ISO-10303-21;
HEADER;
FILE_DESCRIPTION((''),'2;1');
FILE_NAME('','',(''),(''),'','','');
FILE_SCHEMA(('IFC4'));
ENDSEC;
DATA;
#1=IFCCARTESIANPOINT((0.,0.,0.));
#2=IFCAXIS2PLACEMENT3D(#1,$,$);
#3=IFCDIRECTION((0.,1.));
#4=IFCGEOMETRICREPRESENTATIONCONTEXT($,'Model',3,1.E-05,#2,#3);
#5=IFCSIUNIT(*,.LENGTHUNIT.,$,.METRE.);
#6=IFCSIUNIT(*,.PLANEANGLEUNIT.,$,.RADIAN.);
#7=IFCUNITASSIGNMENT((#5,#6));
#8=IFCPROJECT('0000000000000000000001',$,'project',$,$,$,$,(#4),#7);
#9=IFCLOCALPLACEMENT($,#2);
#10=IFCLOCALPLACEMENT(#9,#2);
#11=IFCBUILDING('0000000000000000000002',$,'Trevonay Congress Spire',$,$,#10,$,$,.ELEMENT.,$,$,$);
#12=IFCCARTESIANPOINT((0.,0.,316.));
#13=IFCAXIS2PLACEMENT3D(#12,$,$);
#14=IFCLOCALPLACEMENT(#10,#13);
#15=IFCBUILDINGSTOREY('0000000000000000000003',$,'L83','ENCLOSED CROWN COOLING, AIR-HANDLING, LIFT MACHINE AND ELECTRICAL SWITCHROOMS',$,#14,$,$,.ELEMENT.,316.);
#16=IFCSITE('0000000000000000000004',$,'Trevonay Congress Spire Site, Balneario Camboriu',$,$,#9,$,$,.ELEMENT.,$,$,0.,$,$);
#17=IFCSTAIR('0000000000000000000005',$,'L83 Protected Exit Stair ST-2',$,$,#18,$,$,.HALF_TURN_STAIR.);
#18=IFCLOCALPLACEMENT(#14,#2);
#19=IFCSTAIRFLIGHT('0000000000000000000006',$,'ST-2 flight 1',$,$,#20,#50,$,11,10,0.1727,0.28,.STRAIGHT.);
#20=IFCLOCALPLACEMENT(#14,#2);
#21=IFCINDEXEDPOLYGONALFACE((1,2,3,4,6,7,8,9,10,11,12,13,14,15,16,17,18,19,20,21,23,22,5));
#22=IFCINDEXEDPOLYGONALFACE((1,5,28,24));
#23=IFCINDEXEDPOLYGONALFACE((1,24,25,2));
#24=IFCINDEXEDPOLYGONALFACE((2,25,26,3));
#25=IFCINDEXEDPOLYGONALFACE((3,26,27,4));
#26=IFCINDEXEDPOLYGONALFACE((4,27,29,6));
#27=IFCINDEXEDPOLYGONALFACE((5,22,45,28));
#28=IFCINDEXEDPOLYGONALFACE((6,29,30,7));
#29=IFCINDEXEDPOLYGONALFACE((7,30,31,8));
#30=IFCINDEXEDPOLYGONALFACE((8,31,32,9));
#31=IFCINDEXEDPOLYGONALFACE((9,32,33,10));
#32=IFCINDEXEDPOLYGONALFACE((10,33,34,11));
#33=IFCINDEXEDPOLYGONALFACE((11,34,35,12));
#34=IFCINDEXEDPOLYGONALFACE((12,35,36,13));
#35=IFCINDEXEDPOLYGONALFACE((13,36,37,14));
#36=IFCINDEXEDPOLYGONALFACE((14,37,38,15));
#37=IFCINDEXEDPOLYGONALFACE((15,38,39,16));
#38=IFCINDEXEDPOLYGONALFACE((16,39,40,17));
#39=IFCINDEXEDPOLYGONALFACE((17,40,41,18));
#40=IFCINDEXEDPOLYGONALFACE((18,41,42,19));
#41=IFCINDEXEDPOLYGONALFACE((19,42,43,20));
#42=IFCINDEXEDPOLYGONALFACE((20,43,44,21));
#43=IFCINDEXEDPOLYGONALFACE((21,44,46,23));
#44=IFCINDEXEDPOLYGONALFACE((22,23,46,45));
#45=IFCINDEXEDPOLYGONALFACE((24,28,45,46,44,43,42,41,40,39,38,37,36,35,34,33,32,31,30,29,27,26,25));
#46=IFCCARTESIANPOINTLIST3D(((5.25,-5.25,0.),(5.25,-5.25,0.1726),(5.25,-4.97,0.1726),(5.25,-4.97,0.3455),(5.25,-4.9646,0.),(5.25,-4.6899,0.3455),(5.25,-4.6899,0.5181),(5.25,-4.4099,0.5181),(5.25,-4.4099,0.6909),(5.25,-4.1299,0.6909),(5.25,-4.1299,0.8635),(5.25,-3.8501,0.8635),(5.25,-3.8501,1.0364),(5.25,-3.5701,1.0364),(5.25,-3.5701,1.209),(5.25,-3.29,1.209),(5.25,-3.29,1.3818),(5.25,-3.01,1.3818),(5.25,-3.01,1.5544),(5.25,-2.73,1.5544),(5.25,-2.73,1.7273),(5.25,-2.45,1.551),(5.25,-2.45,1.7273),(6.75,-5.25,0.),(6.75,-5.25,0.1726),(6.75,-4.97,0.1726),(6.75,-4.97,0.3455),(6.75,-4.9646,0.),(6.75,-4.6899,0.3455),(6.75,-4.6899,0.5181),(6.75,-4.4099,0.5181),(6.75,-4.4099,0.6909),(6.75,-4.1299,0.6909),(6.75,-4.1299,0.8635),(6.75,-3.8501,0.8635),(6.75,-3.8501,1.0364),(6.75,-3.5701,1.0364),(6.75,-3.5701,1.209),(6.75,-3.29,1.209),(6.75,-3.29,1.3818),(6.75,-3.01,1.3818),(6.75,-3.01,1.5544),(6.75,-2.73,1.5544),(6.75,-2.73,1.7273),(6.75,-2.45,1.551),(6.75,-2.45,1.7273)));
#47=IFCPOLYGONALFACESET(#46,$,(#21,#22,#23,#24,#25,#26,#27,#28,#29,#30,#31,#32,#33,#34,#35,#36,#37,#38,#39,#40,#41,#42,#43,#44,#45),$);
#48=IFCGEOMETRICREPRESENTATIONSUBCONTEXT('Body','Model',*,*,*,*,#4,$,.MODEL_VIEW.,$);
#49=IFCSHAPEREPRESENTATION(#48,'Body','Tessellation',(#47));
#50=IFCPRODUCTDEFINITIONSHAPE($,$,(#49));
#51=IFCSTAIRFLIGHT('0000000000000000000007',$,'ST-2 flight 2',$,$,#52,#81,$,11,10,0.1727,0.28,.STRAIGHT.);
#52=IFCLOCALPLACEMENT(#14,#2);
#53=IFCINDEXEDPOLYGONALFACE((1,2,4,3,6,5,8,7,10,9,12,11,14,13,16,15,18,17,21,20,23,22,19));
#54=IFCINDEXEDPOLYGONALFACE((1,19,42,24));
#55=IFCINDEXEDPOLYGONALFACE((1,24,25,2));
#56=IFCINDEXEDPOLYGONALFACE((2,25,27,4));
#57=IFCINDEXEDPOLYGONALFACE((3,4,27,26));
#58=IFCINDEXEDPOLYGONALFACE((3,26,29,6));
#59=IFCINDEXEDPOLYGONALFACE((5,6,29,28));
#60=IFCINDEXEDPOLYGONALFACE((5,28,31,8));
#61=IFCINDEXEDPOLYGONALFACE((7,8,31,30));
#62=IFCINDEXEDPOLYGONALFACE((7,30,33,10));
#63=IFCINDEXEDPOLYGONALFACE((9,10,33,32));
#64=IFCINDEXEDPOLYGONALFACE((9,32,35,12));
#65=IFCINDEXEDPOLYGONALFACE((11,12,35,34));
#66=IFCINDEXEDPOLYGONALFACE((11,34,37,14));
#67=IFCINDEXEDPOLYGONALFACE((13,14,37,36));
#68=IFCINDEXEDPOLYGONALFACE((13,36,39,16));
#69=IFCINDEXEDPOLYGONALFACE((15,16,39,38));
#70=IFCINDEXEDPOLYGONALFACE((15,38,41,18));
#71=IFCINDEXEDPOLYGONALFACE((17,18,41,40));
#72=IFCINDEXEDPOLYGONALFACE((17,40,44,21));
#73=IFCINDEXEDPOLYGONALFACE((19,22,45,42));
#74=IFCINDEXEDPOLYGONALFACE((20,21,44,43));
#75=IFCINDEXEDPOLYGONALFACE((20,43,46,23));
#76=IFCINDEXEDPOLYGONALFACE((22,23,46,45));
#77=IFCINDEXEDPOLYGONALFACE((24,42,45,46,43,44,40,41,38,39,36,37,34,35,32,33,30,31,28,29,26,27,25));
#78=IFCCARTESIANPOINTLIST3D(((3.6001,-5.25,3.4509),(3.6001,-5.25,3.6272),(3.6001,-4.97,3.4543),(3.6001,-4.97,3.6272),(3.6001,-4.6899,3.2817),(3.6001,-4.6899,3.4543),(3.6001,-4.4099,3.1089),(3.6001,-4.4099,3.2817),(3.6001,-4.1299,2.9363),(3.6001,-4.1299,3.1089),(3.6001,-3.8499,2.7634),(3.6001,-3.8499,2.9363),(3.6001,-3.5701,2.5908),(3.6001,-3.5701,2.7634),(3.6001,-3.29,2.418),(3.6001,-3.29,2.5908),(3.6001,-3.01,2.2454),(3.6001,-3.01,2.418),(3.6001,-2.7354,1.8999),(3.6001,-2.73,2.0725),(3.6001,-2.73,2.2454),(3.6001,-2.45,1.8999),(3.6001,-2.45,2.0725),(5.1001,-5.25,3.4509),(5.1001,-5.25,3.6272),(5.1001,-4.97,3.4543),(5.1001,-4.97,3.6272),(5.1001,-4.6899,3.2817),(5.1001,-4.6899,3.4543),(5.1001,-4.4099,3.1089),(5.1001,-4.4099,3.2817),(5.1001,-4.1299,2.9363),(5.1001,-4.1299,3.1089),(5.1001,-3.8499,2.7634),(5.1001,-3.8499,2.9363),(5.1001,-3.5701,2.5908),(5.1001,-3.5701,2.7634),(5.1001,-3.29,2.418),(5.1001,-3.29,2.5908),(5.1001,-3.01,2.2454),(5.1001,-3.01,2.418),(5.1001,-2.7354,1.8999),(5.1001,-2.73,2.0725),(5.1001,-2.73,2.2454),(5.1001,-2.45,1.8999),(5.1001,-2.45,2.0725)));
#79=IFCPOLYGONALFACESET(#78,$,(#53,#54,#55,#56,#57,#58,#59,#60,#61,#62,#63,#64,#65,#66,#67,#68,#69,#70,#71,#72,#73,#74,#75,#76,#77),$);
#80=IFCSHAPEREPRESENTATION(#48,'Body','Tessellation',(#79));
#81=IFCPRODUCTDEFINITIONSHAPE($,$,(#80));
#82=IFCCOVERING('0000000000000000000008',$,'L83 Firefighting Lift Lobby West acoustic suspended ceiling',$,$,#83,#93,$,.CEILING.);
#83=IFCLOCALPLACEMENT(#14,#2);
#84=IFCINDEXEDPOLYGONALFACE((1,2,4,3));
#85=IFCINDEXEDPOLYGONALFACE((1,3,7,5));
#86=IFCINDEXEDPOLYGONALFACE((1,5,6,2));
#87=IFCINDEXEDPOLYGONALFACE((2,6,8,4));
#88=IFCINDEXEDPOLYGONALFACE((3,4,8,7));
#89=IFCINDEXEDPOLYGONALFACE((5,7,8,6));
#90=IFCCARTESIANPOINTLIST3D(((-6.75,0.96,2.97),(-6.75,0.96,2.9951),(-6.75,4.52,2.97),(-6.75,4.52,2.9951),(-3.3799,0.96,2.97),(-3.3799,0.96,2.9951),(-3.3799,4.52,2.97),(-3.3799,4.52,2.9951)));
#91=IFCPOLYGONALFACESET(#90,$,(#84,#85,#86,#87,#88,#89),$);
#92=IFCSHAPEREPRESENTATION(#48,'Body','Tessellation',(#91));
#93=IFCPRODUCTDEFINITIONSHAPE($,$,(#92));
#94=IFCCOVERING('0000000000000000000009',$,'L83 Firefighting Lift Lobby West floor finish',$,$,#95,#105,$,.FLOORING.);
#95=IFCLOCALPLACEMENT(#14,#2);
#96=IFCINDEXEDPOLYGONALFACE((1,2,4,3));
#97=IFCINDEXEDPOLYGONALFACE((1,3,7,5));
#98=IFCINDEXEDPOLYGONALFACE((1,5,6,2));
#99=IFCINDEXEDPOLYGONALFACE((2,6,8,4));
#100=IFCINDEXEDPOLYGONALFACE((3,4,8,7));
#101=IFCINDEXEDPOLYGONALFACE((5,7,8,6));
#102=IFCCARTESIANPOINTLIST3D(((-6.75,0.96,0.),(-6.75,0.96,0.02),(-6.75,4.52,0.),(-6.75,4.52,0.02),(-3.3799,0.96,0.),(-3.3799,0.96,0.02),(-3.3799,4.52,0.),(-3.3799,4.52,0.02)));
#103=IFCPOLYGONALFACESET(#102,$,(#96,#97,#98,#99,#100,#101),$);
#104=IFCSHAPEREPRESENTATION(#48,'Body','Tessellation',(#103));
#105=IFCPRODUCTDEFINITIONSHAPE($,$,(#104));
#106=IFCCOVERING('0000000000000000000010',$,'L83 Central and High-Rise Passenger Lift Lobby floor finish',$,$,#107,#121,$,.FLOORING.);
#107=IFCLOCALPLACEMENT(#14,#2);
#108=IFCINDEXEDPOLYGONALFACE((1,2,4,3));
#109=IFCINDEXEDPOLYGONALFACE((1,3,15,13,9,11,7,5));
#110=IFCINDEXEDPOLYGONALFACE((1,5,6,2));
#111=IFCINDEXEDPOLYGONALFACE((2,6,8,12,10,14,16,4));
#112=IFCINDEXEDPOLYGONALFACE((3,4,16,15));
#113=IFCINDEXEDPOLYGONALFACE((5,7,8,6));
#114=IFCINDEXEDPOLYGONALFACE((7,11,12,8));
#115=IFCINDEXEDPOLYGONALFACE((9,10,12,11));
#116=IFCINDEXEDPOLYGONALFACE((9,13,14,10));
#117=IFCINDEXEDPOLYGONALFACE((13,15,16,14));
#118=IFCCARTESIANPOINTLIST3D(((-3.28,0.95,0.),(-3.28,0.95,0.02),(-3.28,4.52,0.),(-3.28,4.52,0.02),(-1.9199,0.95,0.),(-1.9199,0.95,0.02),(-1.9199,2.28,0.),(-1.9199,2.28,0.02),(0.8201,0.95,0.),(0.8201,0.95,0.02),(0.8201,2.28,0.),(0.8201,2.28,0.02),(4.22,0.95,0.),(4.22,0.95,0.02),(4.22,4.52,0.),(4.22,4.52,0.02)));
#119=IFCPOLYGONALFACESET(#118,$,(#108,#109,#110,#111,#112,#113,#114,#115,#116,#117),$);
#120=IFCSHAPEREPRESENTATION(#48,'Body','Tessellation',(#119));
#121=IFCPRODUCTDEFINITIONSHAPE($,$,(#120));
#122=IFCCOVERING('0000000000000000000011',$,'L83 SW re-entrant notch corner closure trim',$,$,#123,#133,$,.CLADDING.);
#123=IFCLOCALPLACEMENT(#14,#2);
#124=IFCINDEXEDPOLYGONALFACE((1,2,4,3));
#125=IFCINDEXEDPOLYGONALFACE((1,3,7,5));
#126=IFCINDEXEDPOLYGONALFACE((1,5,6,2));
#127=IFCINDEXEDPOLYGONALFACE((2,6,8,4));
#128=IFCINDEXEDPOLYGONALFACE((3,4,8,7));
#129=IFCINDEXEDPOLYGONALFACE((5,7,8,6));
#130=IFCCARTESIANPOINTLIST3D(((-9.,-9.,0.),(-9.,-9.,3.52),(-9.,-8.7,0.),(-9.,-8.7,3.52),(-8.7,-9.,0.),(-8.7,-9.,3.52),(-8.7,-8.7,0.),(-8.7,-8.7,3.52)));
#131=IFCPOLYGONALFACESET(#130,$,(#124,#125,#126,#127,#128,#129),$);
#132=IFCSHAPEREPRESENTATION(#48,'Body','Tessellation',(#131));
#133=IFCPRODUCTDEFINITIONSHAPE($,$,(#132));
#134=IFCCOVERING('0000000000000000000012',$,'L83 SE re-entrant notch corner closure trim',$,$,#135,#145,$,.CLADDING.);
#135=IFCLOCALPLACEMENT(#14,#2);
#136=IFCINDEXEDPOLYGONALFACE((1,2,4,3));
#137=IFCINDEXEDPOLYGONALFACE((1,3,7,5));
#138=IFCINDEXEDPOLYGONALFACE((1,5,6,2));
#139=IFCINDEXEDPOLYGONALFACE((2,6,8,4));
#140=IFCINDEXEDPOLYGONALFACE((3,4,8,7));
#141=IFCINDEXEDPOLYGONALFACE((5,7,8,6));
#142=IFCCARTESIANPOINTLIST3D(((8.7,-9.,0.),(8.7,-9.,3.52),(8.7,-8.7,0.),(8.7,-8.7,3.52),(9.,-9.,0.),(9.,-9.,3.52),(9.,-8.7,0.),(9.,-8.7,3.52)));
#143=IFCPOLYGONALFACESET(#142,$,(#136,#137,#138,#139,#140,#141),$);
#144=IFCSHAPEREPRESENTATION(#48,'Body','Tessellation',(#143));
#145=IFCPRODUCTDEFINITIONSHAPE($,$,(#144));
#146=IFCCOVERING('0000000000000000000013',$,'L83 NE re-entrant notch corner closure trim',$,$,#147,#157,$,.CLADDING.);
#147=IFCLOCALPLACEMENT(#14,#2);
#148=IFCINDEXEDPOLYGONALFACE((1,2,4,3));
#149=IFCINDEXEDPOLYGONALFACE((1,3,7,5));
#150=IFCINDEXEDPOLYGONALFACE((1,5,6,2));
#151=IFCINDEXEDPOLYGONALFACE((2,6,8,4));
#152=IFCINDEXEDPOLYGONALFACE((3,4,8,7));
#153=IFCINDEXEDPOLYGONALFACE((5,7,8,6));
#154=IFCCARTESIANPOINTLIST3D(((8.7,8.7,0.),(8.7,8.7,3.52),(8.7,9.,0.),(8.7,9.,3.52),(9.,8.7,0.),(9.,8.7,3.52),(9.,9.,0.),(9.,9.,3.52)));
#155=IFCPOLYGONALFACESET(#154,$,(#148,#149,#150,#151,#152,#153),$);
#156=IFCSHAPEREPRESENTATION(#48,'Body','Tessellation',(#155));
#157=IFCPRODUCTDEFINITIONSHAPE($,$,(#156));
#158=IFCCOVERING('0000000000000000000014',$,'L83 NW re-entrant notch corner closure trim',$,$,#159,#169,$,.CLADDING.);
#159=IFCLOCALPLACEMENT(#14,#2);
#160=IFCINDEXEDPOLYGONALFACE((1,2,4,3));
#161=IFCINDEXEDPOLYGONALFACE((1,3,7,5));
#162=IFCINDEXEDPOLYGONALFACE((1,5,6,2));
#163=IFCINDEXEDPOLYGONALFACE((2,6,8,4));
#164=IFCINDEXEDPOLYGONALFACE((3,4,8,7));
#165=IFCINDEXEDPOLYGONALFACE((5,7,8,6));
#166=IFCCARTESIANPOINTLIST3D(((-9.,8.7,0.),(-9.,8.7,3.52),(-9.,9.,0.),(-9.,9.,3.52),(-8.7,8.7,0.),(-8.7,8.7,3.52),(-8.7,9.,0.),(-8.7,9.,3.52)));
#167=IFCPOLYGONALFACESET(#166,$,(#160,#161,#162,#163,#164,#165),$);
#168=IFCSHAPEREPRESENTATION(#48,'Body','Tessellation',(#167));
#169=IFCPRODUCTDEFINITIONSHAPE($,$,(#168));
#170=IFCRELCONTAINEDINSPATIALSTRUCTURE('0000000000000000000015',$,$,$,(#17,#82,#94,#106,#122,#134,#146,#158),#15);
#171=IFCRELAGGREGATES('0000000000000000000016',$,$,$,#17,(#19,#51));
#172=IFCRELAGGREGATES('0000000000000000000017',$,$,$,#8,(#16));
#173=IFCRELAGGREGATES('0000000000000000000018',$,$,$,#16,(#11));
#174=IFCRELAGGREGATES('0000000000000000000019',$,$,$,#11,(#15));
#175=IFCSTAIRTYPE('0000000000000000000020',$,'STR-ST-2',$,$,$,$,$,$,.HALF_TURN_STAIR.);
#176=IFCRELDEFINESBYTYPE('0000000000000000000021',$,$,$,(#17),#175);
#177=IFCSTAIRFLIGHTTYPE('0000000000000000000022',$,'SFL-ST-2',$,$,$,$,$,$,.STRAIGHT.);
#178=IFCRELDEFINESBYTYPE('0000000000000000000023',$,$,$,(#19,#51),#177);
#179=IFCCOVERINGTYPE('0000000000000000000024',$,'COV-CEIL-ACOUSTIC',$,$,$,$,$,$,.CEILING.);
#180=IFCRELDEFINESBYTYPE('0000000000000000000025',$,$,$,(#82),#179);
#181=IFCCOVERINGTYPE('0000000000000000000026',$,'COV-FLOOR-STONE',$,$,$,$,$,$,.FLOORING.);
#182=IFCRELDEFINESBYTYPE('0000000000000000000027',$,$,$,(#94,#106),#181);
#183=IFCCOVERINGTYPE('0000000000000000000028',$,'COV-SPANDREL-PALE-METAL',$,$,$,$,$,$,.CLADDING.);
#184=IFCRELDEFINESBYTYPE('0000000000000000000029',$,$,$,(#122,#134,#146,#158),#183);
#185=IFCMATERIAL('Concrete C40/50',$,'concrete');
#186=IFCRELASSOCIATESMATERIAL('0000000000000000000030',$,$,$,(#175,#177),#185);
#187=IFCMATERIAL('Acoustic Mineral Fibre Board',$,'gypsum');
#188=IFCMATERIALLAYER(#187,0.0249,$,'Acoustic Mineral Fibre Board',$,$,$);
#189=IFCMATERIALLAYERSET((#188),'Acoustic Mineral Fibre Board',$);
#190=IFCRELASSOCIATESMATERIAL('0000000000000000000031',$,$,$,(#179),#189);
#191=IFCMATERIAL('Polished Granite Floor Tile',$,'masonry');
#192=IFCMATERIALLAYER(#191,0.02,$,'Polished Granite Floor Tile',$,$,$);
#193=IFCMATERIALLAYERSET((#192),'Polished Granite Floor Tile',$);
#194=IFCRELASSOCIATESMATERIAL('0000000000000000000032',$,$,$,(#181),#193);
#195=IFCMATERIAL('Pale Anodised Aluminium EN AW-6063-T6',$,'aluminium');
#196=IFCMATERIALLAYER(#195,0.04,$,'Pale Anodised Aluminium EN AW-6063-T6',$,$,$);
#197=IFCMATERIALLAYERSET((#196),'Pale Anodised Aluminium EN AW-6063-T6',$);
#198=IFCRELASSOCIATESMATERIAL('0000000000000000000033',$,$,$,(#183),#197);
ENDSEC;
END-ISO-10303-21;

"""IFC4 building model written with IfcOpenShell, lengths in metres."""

from ifc_helpers import new_model, si_unit, direction, frame, origin, place, context, subcontext, project, spatial, polyline, outline, extrude, material, layer, layer_set, type_object, element, aggregate, save


model = new_model("IFC4")

# Units and contexts
model_context = context("Model", 3, precision=1e-05, world=origin(), true_north=direction((0.0, 1.0)))
body_context = subcontext(model_context, "Body", "Model", "MODEL_VIEW")
ifc_project = project(units=[si_unit("LENGTHUNIT", "METRE"), si_unit("PLANEANGLEUNIT", "RADIAN")], contexts=[model_context])

# Site, building, storey
site_placement = place(None, origin())
site = spatial("IfcSite", under=ifc_project, at=site_placement, Name="Trevonay Congress Spire Site, Balneario Camboriu", CompositionType="ELEMENT", RefElevation=0.0)
building_placement = place(site_placement, origin())
building = spatial("IfcBuilding", under=site, at=building_placement, Name="Trevonay Congress Spire", CompositionType="ELEMENT")
storey_placement = place(building_placement, frame((0.0, 0.0, 316.0)))
storey = spatial("IfcBuildingStorey", under=building, at=storey_placement, Name="L83", Description="ENCLOSED CROWN COOLING, AIR-HANDLING, LIFT MACHINE AND ELECTRICAL SWITCHROOMS", CompositionType="ELEMENT", Elevation=316.0)

# Shared definitions
ifc_material_1 = material(Name="Pale Anodised Aluminium EN AW-6063-T6", Category="aluminium")

# Stair
ifc_material_2 = material(Name="Concrete C40/50", Category="concrete")
stair_type_1 = type_object("IfcStairType", Name="STR-ST-2", PredefinedType="HALF_TURN_STAIR", material=ifc_material_2)
stair_1_placement = place(storey_placement, origin())
stair_1 = element("IfcStair", 1, at=stair_1_placement, inside=storey, type_object=stair_type_1, Name="L83 Protected Exit Stair ST-2", PredefinedType="HALF_TURN_STAIR")

# Stair flights
stair_flight_type = type_object("IfcStairFlightType", Name="SFL-ST-2", PredefinedType="STRAIGHT", material=ifc_material_2)
stair_flight_1_placement = place(storey_placement, frame((6.0, -5.25, 0.0), z_axis=(0.0, 0.0, 1.0), x_axis=(0.0, 1.0, 0.0)))
stair_flight_1 = element("IfcStairFlight", 2, at=stair_flight_1_placement, type_object=stair_flight_type, Name="ST-2 flight 1", NumberOfRisers=11, NumberOfTreads=10, PredefinedType="STRAIGHT", RiserHeight=0.1727, TreadLength=0.28, context=body_context, shape_type="SweptSolid", body=[
    extrude(outline(polyline([(0.0, 0.0), (0.0, 0.1726), (0.28, 0.1726), (0.28, 0.3455), (0.5601, 0.3455), (0.5601, 0.5181), (0.8401, 0.5181), (0.8401, 0.6909), (1.1201, 0.6909), (1.1201, 0.8635), (1.3999, 0.8635), (1.3999, 1.0364), (1.6799, 1.0364), (1.6799, 1.209), (1.96, 1.209), (1.96, 1.3818), (2.24, 1.3818), (2.24, 1.5544), (2.52, 1.5544), (2.52, 1.7273), (2.8, 1.7273), (2.8, 1.8999), (2.8, 1.551), (0.2854, 0.0), (0.0, 0.0)])), frame((0.0, 0.75, 0.0), z_axis=(0.0, -1.0, 0.0), x_axis=(1.0, 0.0, 0.0)), (0.0, 0.0, 1.0), 1.5),
])
stair_flight_2_placement = place(storey_placement, frame((4.3501, -2.45, 1.8999), z_axis=(0.0, 0.0, 1.0), x_axis=(0.0, -1.0, 0.0)))
stair_flight_2 = element("IfcStairFlight", 3, at=stair_flight_2_placement, type_object=stair_flight_type, Name="ST-2 flight 2", NumberOfRisers=11, NumberOfTreads=10, PredefinedType="STRAIGHT", RiserHeight=0.1727, TreadLength=0.28, context=body_context, shape_type="SweptSolid", body=[
    extrude(outline(polyline([(0.0, 0.0), (0.0, 0.1726), (0.28, 0.1726), (0.28, 0.3455), (0.5601, 0.3455), (0.5601, 0.5181), (0.8401, 0.5181), (0.8401, 0.6909), (1.1201, 0.6909), (1.1201, 0.8635), (1.3999, 0.8635), (1.3999, 1.0364), (1.6799, 1.0364), (1.6799, 1.209), (1.96, 1.209), (1.96, 1.3818), (2.24, 1.3818), (2.24, 1.5544), (2.52, 1.5544), (2.52, 1.7273), (2.8, 1.7273), (2.8, 1.8999), (2.8, 1.551), (0.2854, 0.0), (0.0, 0.0)])), frame((0.0, 0.75, 0.0), z_axis=(0.0, -1.0, 0.0), x_axis=(1.0, 0.0, 0.0)), (0.0, 0.0, 1.0), 1.5),
])
aggregate(stair_1, [stair_flight_1, stair_flight_2])

# Coverings
ifc_material_3 = material(Name="Acoustic Mineral Fibre Board", Category="gypsum")
ifc_layer_1 = layer(ifc_material_3, 0.0249, Name="Acoustic Mineral Fibre Board")
ifc_layer_set_1 = layer_set([ifc_layer_1], Name="Acoustic Mineral Fibre Board")
covering_type_1 = type_object("IfcCoveringType", Name="COV-CEIL-ACOUSTIC", PredefinedType="CEILING", material=ifc_layer_set_1)
covering_1_placement = place(storey_placement, frame((0.0, 0.0, 2.97)))
element("IfcCovering", 4, at=covering_1_placement, inside=storey, type_object=covering_type_1, Name="L83 Firefighting Lift Lobby West acoustic suspended ceiling", PredefinedType="CEILING", context=body_context, shape_type="SweptSolid", body=[
    extrude(outline(polyline([(-6.75, 0.96), (-3.3799, 0.96), (-3.3799, 4.52), (-6.75, 4.52), (-6.75, 0.96)])), origin(), (0.0, 0.0, 1.0), 0.0251),
])
ifc_material_4 = material(Name="Polished Granite Floor Tile", Category="masonry")
ifc_layer_2 = layer(ifc_material_4, 0.02, Name="Polished Granite Floor Tile")
ifc_layer_set_2 = layer_set([ifc_layer_2], Name="Polished Granite Floor Tile")
covering_type_2 = type_object("IfcCoveringType", Name="COV-FLOOR-STONE", PredefinedType="FLOORING", material=ifc_layer_set_2)
covering_2_placement = place(storey_placement, origin())
element("IfcCovering", 5, at=covering_2_placement, inside=storey, type_object=covering_type_2, Name="L83 Firefighting Lift Lobby West floor finish", PredefinedType="FLOORING", context=body_context, shape_type="SweptSolid", body=[
    extrude(outline(polyline([(-6.75, 0.96), (-3.3799, 0.96), (-3.3799, 4.52), (-6.75, 4.52), (-6.75, 0.96)])), origin(), (0.0, 0.0, 1.0), 0.02),
])
covering_3_placement = place(storey_placement, origin())
element("IfcCovering", 6, at=covering_3_placement, inside=storey, type_object=covering_type_2, Name="L83 Central and High-Rise Passenger Lift Lobby floor finish", PredefinedType="FLOORING", context=body_context, shape_type="SweptSolid", body=[
    extrude(outline(polyline([(-3.28, 0.95), (-1.9199, 0.95), (-1.9199, 2.28), (0.8201, 2.28), (0.8201, 0.95), (4.22, 0.95), (4.22, 4.52), (-3.28, 4.52), (-3.28, 0.95)])), origin(), (0.0, 0.0, 1.0), 0.02),
])
ifc_layer_3 = layer(ifc_material_1, 0.04, Name="Pale Anodised Aluminium EN AW-6063-T6")
ifc_layer_set_3 = layer_set([ifc_layer_3], Name="Pale Anodised Aluminium EN AW-6063-T6")
covering_type_3 = type_object("IfcCoveringType", Name="COV-SPANDREL-PALE-METAL", PredefinedType="CLADDING", material=ifc_layer_set_3)
covering_4_placement = place(storey_placement, origin())
element("IfcCovering", 7, at=covering_4_placement, inside=storey, type_object=covering_type_3, Name="L83 SW re-entrant notch corner closure trim", PredefinedType="CLADDING", context=body_context, shape_type="SweptSolid", body=[
    extrude(outline(polyline([(-9.0, -9.0), (-8.7, -9.0), (-8.7, -8.7), (-9.0, -8.7), (-9.0, -9.0)])), origin(), (0.0, 0.0, 1.0), 3.52),
])
covering_5_placement = place(storey_placement, origin())
element("IfcCovering", 8, at=covering_5_placement, inside=storey, type_object=covering_type_3, Name="L83 SE re-entrant notch corner closure trim", PredefinedType="CLADDING", context=body_context, shape_type="SweptSolid", body=[
    extrude(outline(polyline([(8.7, -9.0), (9.0, -9.0), (9.0, -8.7), (8.7, -8.7), (8.7, -9.0)])), origin(), (0.0, 0.0, 1.0), 3.52),
])
covering_6_placement = place(storey_placement, origin())
element("IfcCovering", 9, at=covering_6_placement, inside=storey, type_object=covering_type_3, Name="L83 NE re-entrant notch corner closure trim", PredefinedType="CLADDING", context=body_context, shape_type="SweptSolid", body=[
    extrude(outline(polyline([(8.7, 8.7), (9.0, 8.7), (9.0, 9.0), (8.7, 9.0), (8.7, 8.7)])), origin(), (0.0, 0.0, 1.0), 3.52),
])
covering_7_placement = place(storey_placement, origin())
element("IfcCovering", 10, at=covering_7_placement, inside=storey, type_object=covering_type_3, Name="L83 NW re-entrant notch corner closure trim", PredefinedType="CLADDING", context=body_context, shape_type="SweptSolid", body=[
    extrude(outline(polyline([(-9.0, 8.7), (-8.7, 8.7), (-8.7, 9.0), (-9.0, 9.0), (-9.0, 8.7)])), origin(), (0.0, 0.0, 1.0), 3.52),
])

save(model, "model.ifc")
